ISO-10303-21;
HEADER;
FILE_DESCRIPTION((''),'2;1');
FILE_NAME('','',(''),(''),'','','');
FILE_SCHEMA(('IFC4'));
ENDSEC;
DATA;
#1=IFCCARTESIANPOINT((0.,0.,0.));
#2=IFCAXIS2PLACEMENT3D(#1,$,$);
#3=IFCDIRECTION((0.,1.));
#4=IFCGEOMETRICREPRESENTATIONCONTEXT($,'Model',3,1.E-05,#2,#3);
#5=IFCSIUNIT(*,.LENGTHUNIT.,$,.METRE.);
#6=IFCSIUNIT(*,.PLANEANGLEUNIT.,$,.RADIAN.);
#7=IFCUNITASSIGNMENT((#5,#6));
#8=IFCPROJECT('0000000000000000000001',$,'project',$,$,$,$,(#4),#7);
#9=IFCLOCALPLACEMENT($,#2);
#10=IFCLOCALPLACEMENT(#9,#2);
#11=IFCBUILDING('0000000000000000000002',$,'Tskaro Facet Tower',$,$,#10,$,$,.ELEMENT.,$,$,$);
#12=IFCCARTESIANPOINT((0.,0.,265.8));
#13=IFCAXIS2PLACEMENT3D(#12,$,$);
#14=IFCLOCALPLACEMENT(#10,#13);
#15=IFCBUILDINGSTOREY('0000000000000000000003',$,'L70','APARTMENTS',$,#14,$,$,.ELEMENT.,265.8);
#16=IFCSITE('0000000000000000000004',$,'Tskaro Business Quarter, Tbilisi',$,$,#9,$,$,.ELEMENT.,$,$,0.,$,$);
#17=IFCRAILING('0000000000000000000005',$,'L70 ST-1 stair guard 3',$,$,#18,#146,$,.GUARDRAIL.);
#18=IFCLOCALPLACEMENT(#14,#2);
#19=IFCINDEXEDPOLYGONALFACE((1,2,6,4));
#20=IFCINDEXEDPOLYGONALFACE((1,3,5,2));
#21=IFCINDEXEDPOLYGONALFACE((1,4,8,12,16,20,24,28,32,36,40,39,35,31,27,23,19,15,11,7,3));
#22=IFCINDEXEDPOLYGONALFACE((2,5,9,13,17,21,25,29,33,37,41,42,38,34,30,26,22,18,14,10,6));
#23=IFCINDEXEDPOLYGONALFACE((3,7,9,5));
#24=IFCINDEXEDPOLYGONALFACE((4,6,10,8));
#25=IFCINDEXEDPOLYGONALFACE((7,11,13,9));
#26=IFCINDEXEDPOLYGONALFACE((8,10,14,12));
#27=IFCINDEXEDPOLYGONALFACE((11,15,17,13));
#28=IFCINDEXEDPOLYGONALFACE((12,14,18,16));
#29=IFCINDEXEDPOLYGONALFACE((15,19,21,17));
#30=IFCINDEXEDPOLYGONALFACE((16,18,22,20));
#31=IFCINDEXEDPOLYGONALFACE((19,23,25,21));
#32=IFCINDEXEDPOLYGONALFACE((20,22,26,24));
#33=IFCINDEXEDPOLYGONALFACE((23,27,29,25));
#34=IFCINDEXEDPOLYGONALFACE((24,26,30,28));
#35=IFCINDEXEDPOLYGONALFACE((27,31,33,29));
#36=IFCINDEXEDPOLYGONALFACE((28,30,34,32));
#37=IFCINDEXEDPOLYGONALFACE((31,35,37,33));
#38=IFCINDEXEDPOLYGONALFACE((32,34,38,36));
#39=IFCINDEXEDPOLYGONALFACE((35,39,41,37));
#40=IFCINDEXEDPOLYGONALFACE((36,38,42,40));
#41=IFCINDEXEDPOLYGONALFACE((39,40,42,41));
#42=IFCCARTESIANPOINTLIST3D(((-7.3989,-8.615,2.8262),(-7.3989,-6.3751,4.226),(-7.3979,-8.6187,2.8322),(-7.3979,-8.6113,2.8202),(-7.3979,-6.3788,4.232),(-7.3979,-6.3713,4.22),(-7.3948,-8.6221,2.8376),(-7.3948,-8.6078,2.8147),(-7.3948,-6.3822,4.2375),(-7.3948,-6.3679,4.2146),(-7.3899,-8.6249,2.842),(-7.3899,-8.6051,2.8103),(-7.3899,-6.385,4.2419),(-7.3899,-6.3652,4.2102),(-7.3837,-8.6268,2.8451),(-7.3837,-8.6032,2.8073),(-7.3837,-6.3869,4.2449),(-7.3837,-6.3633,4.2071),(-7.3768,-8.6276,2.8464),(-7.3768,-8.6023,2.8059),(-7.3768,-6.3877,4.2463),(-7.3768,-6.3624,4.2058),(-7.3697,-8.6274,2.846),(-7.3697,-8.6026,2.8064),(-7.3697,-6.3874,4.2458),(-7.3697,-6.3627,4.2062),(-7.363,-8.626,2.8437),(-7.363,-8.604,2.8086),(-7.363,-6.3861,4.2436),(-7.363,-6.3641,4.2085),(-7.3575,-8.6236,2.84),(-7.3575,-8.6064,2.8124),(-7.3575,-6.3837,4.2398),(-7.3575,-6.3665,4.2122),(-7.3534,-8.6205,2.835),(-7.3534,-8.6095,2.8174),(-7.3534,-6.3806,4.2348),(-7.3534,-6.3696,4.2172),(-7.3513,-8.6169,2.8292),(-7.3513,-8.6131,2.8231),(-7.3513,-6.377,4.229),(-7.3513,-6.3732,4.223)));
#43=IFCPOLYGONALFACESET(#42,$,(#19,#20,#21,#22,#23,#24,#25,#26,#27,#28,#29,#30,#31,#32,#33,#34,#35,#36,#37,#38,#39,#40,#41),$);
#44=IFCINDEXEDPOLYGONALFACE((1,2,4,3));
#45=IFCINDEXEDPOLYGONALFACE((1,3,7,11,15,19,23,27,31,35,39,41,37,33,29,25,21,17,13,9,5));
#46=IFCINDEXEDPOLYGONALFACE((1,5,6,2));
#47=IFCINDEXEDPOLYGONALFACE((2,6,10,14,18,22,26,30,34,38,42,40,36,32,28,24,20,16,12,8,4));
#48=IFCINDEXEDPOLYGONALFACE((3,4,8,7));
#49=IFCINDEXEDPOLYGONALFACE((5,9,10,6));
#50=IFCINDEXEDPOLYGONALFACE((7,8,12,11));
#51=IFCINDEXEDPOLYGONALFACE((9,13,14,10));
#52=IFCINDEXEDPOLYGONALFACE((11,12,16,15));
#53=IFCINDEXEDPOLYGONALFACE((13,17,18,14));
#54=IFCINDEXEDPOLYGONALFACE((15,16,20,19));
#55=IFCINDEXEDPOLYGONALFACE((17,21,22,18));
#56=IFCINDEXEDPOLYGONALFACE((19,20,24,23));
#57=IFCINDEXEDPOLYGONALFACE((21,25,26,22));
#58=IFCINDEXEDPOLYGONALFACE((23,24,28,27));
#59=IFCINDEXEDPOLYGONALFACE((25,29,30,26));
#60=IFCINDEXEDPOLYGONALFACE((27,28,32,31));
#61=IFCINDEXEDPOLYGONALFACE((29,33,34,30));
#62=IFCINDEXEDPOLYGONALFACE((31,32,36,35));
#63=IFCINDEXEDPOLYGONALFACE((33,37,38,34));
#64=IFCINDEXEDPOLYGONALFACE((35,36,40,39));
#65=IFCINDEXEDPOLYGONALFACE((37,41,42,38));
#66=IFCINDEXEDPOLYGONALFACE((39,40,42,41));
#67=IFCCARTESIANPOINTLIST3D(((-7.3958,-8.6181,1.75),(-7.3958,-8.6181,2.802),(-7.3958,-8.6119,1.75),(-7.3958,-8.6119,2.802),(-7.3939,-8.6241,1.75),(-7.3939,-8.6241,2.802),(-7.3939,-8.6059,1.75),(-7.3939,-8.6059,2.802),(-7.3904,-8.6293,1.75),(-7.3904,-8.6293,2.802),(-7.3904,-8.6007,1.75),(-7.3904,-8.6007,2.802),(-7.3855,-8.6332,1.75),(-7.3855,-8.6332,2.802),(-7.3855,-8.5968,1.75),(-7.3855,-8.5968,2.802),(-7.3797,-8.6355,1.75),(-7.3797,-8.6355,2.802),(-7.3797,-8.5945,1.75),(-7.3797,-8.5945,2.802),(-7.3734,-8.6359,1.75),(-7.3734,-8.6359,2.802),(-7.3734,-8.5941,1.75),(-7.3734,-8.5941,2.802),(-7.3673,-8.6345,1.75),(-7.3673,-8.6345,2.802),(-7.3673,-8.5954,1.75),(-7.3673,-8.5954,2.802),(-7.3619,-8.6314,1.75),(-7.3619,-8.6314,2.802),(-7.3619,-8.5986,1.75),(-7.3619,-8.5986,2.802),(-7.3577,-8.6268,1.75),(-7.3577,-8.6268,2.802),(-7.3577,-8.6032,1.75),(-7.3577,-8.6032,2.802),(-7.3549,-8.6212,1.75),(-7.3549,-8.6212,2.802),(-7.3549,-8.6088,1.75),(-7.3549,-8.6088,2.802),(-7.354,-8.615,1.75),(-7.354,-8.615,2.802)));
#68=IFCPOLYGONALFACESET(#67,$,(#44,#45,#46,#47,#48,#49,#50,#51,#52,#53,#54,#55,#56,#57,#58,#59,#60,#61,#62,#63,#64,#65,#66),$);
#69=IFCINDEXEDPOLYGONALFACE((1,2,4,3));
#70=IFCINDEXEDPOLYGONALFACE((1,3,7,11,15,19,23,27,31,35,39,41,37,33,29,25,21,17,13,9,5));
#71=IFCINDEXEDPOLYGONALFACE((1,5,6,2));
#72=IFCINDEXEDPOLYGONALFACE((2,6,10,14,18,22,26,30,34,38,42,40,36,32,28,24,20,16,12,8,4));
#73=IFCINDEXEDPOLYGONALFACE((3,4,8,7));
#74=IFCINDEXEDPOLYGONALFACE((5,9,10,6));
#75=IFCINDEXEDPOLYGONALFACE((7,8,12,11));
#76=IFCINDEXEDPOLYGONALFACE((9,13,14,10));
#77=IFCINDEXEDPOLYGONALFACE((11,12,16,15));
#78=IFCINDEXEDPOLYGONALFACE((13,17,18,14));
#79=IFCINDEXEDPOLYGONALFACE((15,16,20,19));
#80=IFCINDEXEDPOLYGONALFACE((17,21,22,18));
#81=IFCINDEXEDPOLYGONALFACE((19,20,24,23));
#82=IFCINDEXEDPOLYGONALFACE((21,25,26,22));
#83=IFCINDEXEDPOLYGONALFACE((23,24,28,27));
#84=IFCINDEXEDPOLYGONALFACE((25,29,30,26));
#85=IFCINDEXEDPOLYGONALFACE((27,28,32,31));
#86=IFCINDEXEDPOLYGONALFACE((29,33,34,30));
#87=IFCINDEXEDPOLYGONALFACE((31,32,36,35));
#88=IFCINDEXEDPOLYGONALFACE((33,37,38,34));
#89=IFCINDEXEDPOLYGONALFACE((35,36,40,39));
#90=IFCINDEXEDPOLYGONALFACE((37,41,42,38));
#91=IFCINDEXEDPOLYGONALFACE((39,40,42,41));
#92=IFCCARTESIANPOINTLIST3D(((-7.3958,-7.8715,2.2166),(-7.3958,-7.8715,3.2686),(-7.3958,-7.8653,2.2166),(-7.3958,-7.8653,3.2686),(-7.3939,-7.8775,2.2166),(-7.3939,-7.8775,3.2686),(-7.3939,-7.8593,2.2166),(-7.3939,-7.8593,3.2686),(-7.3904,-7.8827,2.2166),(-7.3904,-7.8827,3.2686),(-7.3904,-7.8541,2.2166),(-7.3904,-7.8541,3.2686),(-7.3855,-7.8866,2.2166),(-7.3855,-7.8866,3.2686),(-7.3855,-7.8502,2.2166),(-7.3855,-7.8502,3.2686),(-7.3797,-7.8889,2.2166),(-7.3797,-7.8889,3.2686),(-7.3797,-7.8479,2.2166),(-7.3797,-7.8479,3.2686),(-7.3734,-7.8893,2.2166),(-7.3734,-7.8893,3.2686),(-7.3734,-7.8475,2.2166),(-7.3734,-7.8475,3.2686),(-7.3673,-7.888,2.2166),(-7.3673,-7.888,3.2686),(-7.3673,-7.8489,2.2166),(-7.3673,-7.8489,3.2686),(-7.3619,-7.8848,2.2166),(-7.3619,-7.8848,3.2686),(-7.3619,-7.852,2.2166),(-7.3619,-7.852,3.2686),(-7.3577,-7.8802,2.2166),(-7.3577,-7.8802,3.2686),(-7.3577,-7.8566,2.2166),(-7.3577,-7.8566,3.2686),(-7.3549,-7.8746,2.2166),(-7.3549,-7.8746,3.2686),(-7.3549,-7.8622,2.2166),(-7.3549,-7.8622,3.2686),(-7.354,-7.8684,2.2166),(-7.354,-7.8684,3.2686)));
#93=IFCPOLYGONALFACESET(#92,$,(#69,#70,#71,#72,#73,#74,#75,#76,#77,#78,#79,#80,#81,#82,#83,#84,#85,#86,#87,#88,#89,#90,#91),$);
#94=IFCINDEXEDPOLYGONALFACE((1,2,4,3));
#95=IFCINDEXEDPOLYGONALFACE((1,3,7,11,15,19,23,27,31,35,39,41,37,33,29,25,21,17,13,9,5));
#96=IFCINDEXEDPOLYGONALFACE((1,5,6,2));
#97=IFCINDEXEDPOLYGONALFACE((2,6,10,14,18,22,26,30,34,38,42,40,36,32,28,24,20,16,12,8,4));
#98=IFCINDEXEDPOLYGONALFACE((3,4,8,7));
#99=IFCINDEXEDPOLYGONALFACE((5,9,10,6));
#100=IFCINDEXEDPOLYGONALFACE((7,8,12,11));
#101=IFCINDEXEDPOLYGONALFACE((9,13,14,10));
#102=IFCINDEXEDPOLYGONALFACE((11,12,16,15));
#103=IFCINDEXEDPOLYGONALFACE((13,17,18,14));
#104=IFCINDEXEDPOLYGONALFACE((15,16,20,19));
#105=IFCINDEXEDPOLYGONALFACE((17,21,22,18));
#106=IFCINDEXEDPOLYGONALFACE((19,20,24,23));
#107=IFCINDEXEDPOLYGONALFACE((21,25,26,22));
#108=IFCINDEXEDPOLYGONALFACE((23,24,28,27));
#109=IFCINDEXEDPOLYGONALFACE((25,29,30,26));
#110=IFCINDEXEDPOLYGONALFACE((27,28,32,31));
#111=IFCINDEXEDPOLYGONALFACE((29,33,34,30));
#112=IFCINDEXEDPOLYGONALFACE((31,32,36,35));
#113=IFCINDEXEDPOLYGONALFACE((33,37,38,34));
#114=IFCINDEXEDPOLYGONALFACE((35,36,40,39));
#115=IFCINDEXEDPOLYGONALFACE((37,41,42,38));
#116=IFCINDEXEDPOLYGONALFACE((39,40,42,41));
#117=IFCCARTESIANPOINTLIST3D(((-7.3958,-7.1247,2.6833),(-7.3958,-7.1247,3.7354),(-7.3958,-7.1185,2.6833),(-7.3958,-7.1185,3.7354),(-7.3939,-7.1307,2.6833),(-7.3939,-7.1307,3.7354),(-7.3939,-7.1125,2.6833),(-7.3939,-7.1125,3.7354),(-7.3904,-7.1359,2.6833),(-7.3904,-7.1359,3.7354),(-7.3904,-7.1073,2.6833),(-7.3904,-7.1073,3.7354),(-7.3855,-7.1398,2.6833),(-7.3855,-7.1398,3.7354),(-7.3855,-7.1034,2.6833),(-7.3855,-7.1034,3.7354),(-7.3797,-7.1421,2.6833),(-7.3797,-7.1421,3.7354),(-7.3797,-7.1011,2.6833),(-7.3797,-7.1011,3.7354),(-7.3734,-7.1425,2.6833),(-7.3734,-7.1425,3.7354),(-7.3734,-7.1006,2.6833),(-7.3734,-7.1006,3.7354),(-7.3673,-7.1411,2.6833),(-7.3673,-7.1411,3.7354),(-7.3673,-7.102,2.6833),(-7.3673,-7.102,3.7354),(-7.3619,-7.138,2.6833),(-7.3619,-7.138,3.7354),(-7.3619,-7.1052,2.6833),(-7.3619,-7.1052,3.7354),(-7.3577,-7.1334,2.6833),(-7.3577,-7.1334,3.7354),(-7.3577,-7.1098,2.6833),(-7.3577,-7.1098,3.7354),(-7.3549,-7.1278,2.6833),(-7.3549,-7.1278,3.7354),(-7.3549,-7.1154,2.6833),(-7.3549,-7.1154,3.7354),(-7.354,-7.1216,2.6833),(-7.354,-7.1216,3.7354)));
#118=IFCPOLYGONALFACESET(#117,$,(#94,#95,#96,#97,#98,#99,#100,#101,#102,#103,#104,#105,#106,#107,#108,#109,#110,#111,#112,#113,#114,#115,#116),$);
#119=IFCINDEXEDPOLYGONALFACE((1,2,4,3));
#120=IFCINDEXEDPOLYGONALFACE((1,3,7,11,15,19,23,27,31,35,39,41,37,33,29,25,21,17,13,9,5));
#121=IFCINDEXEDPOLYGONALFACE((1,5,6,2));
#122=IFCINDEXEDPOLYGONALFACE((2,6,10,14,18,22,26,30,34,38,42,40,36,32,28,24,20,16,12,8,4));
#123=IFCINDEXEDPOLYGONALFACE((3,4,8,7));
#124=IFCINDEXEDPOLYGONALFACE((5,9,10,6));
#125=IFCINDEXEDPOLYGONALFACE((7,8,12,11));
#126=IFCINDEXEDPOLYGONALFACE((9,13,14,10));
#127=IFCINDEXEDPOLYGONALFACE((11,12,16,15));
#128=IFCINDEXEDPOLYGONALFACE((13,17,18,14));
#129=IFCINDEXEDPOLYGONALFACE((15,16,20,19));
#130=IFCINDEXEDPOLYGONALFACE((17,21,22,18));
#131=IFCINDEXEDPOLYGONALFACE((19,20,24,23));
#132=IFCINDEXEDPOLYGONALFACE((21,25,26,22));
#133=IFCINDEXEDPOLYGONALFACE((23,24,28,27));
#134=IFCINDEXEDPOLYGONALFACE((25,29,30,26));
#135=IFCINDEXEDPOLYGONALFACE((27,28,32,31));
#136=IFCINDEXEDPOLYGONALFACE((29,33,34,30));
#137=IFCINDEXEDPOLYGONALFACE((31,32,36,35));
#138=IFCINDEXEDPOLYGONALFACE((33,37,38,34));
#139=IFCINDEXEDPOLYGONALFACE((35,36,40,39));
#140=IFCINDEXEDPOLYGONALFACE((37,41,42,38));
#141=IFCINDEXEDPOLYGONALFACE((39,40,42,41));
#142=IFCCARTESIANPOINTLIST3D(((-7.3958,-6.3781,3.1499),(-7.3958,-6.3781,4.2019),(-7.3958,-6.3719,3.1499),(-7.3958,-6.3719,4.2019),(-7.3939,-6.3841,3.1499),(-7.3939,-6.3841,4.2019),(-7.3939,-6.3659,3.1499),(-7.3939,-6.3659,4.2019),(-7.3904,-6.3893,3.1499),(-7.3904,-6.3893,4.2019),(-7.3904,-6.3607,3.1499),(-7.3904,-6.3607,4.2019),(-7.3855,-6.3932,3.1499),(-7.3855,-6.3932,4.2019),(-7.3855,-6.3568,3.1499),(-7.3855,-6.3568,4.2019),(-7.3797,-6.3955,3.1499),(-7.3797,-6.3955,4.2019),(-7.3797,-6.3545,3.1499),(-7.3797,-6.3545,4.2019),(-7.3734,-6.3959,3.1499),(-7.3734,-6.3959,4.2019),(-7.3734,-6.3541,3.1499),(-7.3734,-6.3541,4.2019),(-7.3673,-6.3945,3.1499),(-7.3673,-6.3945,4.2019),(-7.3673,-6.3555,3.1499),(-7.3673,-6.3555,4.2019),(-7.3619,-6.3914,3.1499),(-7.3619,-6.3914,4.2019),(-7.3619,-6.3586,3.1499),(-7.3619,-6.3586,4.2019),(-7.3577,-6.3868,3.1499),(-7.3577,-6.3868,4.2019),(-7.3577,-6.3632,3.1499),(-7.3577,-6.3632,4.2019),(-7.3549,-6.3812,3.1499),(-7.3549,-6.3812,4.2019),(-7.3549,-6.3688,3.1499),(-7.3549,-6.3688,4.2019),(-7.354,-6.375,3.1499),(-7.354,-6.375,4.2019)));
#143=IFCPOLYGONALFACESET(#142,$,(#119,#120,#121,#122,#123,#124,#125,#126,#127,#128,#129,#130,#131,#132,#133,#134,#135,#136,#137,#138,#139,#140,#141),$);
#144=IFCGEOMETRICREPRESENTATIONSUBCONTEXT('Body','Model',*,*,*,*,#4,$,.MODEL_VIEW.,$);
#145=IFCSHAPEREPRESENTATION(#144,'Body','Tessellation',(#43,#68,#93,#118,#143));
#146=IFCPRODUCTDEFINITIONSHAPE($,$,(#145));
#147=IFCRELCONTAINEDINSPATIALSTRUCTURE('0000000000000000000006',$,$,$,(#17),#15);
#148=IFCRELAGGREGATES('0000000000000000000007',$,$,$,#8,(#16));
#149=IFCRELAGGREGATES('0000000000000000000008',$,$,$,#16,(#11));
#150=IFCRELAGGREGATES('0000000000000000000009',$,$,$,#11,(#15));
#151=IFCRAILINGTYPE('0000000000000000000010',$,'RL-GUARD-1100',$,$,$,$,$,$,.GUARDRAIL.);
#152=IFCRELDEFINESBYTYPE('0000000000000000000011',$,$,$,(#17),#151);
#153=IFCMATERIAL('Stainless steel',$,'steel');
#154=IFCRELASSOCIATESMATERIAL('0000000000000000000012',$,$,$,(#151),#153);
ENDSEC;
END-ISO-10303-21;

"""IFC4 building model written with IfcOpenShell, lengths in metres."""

from ifc_helpers import new_model, si_unit, direction, frame, origin, origin_2d, place, context, subcontext, project, spatial, circle, extrude, material, type_object, element, save


model = new_model("IFC4")

# Units and contexts
model_context = context("Model", 3, precision=1e-05, world=origin(), true_north=direction((0.0, 1.0)))
body_context = subcontext(model_context, "Body", "Model", "MODEL_VIEW")
ifc_project = project(units=[si_unit("LENGTHUNIT", "METRE"), si_unit("PLANEANGLEUNIT", "RADIAN")], contexts=[model_context])

# Site, building, storey
site_placement = place(None, origin())
site = spatial("IfcSite", under=ifc_project, at=site_placement, Name="Tskaro Business Quarter, Tbilisi", CompositionType="ELEMENT", RefElevation=0.0)
building_placement = place(site_placement, origin())
building = spatial("IfcBuilding", under=site, at=building_placement, Name="Tskaro Facet Tower", CompositionType="ELEMENT")
storey_placement = place(building_placement, frame((0.0, 0.0, 265.8)))
storey = spatial("IfcBuildingStorey", under=building, at=storey_placement, Name="L70", Description="APARTMENTS", CompositionType="ELEMENT", Elevation=265.8)

# Shared definitions
ifc_material_1 = material(Name="Stainless steel", Category="steel")

# Railing
railing_type_1 = type_object("IfcRailingType", Name="RL-GUARD-1100", PredefinedType="GUARDRAIL", material=ifc_material_1)
railing_1_placement = place(storey_placement, frame((-7.375, -8.615, 1.75)))
element("IfcRailing", 1, at=railing_1_placement, inside=storey, type_object=railing_type_1, Name="L70 ST-1 stair guard 3", PredefinedType="GUARDRAIL", context=body_context, shape_type="SweptSolid", body=[
    extrude(circle(Radius=0.0239, at=origin_2d()), frame((0.0, 0.0, 1.0762), z_axis=(0.0, 0.848014, 0.529974), x_axis=(-1.0, 0.0, 0.0)), (0.0, 0.0, 1.0), 2.6414),
    extrude(circle(Radius=0.021, at=origin_2d()), origin(), (0.0, 0.0, 1.0), 1.052),
    extrude(circle(Radius=0.021, at=origin_2d()), frame((0.0, 0.7466, 0.4666)), (0.0, 0.0, 1.0), 1.052),
    extrude(circle(Radius=0.021, at=origin_2d()), frame((0.0, 1.4934, 0.9333)), (0.0, 0.0, 1.0), 1.052),
    extrude(circle(Radius=0.021, at=origin_2d()), frame((0.0, 2.24, 1.3999)), (0.0, 0.0, 1.0), 1.052),
])

save(model, "model.ifc")
